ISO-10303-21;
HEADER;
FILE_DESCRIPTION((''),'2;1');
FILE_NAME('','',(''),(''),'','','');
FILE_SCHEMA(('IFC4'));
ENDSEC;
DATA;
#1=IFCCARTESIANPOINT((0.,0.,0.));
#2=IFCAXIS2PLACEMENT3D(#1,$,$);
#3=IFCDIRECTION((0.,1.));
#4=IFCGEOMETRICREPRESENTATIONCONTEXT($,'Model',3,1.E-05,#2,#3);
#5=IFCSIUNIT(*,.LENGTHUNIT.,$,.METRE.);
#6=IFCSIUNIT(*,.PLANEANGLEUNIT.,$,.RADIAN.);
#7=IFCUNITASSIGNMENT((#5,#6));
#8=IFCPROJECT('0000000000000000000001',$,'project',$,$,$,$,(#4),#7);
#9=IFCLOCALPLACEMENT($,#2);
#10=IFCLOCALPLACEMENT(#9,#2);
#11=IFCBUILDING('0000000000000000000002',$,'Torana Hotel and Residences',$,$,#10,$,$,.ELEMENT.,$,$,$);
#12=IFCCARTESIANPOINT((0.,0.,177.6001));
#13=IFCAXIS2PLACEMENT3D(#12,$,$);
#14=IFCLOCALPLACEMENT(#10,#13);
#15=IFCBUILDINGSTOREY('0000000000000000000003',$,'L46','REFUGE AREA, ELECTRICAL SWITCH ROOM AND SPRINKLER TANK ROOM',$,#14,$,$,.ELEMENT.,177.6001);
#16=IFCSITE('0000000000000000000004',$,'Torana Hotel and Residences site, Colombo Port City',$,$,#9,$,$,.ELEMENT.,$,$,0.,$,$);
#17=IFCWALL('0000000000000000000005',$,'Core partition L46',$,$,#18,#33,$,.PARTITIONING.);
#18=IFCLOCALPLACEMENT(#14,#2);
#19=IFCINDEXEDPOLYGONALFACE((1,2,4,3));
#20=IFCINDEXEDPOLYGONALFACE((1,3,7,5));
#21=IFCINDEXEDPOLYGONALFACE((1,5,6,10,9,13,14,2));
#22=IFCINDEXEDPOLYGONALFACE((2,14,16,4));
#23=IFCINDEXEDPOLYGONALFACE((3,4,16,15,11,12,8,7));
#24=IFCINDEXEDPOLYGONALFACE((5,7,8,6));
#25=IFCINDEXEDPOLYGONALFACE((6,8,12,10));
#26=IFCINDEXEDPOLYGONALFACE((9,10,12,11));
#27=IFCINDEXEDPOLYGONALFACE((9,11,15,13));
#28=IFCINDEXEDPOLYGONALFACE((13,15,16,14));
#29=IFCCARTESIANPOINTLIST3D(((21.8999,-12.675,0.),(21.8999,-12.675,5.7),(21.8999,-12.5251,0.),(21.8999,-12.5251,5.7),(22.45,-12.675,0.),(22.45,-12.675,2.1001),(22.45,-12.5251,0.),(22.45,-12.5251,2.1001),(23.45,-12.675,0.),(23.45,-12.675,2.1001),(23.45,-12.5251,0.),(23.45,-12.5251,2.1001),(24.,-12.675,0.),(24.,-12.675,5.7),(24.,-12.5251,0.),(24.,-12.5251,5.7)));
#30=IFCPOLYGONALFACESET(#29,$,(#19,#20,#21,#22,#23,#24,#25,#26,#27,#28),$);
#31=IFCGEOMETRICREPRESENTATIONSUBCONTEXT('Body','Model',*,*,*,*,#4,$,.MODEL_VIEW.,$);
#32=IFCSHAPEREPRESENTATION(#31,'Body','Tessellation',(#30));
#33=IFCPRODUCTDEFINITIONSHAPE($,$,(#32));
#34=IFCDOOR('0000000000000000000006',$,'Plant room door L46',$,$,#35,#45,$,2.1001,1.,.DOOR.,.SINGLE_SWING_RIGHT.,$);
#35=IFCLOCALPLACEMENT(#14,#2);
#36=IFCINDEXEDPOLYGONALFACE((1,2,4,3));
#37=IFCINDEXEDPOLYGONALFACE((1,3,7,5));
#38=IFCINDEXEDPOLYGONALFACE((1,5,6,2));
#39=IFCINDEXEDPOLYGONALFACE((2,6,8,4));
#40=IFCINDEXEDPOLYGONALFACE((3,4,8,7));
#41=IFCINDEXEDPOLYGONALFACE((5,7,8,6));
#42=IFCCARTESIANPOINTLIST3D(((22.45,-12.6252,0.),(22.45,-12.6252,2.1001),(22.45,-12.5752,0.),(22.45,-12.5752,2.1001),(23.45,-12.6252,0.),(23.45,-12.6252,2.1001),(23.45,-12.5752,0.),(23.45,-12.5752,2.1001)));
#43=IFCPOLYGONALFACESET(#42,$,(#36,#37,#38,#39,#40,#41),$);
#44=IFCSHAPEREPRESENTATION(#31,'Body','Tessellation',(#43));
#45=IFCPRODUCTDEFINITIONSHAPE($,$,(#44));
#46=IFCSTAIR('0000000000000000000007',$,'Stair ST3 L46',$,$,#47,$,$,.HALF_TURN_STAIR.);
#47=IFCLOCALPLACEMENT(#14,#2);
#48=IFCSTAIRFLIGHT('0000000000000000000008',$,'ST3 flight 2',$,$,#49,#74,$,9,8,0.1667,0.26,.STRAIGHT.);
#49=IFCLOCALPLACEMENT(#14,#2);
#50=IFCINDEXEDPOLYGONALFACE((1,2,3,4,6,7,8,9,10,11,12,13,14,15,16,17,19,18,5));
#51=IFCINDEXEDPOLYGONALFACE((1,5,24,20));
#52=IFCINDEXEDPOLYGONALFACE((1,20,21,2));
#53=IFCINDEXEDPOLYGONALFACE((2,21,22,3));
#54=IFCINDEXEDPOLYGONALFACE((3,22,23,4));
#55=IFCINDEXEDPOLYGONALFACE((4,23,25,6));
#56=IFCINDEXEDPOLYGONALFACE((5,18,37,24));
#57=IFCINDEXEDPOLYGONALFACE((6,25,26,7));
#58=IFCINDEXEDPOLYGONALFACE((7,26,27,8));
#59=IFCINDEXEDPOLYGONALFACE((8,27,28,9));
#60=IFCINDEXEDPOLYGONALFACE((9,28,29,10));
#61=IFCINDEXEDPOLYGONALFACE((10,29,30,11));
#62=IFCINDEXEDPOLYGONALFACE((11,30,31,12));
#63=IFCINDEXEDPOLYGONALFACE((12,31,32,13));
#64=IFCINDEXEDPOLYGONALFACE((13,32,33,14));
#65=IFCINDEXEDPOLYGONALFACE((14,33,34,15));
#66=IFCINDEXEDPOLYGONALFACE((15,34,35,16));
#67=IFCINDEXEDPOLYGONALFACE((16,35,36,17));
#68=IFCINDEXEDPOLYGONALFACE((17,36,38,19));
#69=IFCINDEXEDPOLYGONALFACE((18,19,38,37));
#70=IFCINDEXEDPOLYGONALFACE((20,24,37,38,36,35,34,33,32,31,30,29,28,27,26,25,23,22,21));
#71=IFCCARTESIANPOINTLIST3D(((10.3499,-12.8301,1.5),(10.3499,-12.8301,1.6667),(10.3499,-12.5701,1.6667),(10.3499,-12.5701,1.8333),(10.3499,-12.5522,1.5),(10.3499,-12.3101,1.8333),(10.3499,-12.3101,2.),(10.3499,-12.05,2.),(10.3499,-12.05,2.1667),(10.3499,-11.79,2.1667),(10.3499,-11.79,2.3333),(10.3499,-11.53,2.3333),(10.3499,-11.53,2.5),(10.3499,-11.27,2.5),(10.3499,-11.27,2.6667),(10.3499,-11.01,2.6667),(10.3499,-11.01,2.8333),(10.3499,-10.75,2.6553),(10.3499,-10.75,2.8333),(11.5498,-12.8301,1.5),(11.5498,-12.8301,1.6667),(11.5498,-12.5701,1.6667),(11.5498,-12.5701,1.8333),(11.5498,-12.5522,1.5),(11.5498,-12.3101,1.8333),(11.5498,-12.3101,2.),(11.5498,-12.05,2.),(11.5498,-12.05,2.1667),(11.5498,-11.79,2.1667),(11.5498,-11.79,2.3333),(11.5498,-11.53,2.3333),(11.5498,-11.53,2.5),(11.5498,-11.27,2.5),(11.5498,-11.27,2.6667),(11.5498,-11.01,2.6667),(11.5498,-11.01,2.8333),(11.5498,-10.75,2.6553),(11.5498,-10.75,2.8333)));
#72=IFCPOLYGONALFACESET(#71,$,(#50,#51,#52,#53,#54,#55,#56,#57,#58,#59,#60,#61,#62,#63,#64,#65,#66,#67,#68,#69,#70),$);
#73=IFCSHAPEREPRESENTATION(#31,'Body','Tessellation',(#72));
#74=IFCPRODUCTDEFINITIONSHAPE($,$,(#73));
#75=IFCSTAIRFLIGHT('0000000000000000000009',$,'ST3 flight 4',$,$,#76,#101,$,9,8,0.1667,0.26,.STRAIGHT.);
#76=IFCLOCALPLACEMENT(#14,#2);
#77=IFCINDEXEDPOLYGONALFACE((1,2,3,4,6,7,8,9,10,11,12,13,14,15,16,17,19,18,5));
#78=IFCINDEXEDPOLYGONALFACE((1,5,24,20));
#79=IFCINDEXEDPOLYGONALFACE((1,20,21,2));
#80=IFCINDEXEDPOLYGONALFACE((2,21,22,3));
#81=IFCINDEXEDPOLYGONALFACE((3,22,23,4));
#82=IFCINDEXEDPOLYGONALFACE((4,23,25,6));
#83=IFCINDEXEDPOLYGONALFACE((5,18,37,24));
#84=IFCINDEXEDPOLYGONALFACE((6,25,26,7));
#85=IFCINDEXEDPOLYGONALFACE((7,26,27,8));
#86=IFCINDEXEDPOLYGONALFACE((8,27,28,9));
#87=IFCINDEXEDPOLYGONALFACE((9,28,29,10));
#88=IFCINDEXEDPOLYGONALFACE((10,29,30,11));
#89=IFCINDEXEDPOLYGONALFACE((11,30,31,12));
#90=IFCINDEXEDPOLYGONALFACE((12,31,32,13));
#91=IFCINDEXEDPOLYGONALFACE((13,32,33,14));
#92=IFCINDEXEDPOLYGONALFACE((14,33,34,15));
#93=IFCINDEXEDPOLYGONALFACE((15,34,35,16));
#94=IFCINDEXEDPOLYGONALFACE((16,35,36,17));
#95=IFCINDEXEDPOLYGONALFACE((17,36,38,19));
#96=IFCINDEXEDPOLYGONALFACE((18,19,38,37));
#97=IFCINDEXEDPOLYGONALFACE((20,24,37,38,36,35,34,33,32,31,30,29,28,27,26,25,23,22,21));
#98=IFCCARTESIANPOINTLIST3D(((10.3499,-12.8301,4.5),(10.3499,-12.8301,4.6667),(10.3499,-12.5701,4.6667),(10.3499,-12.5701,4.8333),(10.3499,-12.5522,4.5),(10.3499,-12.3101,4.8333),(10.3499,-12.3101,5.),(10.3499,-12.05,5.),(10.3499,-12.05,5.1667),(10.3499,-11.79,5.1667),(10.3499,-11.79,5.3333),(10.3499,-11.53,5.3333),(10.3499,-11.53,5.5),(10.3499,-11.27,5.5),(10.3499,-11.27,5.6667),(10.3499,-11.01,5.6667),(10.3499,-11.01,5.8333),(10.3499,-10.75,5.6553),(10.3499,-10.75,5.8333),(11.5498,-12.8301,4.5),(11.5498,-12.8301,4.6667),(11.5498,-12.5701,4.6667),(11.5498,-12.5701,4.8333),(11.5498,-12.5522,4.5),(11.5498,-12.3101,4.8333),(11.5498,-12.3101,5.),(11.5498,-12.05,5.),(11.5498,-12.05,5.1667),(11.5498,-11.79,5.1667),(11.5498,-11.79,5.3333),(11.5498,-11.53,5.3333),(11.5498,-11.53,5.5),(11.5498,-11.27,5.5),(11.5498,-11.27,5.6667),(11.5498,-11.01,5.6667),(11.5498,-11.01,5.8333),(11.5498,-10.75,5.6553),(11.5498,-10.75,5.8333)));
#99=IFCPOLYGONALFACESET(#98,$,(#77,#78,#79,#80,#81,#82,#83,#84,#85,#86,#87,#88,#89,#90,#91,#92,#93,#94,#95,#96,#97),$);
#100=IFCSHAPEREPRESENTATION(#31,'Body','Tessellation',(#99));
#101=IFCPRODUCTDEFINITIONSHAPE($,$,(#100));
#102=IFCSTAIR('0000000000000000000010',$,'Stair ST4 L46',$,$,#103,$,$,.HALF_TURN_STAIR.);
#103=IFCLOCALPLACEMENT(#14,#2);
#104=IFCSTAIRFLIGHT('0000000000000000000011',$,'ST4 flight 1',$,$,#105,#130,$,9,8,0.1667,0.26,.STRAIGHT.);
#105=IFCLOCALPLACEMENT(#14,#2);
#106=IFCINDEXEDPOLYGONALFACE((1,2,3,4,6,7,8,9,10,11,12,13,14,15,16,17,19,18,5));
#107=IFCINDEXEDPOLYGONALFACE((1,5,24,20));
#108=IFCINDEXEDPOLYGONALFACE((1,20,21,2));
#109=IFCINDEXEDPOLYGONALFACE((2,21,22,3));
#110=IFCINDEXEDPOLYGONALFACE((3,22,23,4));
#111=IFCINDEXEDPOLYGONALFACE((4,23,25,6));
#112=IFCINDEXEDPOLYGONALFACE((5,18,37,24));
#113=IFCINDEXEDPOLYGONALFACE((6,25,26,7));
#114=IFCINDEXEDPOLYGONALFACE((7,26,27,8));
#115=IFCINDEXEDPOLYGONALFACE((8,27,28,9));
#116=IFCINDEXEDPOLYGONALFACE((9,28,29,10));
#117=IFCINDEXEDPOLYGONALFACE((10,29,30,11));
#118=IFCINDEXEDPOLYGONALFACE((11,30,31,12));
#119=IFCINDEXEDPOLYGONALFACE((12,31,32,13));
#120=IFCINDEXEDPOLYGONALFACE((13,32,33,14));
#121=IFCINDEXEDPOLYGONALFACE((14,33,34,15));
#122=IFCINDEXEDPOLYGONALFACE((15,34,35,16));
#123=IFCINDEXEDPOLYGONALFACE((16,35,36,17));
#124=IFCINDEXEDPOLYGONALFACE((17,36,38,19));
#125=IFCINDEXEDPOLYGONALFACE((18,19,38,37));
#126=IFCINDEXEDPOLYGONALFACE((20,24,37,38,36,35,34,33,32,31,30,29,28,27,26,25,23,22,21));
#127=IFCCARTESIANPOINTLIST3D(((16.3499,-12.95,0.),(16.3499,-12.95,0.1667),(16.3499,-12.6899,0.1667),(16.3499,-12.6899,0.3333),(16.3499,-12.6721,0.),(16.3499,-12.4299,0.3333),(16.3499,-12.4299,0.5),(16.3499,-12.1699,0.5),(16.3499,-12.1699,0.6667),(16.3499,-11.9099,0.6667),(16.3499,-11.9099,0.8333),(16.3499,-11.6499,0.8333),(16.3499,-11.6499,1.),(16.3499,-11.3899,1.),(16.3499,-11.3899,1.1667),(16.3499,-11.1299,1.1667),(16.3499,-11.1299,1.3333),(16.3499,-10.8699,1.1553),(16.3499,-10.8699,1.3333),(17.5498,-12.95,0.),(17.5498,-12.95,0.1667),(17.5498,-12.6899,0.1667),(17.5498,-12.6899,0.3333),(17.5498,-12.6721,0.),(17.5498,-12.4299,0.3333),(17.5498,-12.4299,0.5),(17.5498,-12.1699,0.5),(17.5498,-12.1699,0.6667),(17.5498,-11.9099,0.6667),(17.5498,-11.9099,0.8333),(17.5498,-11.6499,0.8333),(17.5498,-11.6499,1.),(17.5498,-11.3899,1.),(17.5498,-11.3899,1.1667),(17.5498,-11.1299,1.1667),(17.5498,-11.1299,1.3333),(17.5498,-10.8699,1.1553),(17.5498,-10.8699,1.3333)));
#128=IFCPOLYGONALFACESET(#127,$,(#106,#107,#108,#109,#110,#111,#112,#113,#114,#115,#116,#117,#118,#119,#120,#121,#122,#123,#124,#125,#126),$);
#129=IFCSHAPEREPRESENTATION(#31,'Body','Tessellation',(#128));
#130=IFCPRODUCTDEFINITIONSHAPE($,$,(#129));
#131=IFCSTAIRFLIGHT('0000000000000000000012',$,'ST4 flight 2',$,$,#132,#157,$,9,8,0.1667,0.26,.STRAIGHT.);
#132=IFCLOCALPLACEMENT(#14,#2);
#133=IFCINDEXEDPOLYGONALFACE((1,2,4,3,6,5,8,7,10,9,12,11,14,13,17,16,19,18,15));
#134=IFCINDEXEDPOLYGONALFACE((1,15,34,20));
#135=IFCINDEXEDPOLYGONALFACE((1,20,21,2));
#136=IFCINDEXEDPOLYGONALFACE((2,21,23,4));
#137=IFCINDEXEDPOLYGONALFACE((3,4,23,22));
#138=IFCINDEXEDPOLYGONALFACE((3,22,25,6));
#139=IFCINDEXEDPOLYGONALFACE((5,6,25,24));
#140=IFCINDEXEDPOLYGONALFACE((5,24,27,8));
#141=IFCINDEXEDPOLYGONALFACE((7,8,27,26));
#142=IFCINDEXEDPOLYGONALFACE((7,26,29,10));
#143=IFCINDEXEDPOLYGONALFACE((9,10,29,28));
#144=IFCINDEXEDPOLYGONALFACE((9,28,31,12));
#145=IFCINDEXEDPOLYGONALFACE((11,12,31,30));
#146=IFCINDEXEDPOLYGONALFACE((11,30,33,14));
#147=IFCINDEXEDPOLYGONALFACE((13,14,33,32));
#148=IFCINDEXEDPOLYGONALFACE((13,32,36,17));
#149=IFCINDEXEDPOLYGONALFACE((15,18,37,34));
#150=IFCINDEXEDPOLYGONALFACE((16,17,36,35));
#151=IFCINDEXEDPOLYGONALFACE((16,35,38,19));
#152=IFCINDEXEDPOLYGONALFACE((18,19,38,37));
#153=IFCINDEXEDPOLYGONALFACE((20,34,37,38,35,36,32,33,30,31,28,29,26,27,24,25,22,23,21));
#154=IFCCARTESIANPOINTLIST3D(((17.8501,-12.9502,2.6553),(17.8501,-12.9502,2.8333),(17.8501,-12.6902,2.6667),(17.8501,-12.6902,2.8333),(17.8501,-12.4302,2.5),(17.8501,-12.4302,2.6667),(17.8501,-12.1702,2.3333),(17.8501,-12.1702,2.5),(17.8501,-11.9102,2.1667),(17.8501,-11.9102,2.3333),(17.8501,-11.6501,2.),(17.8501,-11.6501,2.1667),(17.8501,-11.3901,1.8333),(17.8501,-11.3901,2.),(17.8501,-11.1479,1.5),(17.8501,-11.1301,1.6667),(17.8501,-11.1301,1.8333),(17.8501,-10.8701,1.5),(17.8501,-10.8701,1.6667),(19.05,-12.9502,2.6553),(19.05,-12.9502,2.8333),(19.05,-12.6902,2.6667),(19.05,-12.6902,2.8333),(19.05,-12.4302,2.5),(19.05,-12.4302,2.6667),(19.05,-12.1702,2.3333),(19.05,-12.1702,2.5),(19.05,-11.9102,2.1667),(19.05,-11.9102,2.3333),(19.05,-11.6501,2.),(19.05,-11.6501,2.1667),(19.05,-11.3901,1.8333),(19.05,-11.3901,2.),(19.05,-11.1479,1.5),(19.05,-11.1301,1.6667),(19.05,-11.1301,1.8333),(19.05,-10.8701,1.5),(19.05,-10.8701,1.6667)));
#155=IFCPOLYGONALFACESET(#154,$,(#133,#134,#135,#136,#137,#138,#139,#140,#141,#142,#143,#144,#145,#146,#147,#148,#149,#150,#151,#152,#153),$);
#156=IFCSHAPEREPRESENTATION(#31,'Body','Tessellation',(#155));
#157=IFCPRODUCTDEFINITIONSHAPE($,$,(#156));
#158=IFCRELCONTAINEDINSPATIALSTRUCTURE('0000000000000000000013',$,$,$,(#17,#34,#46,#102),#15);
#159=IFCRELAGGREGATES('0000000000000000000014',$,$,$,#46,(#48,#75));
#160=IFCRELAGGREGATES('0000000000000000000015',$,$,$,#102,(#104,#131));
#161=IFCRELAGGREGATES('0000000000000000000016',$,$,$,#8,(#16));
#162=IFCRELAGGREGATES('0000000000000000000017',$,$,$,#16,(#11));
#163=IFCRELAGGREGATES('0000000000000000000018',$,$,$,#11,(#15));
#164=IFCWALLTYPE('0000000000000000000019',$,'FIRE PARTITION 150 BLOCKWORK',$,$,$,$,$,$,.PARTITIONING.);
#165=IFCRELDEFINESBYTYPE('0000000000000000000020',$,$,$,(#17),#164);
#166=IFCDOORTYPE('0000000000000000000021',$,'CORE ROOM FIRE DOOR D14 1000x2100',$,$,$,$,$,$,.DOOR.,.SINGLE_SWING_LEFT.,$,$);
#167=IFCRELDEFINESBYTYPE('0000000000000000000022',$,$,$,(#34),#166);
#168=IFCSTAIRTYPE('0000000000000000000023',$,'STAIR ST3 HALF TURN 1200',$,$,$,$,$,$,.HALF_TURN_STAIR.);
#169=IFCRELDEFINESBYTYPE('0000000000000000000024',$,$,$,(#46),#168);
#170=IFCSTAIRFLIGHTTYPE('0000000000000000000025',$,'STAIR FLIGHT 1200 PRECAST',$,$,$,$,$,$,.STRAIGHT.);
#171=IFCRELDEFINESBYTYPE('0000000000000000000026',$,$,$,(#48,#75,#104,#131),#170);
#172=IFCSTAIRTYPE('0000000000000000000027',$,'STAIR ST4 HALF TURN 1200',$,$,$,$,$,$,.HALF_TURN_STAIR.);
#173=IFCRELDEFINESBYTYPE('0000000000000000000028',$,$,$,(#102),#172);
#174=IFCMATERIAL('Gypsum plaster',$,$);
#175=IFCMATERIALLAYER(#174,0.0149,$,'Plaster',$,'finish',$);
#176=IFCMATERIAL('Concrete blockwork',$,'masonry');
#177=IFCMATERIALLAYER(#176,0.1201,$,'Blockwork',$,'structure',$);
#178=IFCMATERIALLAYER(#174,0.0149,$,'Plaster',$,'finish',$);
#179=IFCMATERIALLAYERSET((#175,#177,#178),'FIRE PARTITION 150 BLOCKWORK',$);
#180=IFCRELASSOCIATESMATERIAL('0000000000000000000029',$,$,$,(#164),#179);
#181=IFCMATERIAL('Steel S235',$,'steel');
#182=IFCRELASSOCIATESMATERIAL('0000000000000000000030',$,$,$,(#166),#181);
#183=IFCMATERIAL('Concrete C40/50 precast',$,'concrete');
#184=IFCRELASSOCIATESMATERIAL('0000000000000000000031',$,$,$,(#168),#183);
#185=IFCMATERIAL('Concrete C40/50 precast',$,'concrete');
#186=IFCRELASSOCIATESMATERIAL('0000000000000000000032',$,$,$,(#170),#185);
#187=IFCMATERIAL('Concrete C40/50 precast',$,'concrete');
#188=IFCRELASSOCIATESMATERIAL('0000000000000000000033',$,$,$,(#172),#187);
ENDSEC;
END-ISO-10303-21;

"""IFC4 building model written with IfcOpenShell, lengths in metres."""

from ifc_helpers import new_model, si_unit, direction, frame, frame_2d, origin, place, context, subcontext, project, spatial, polyline, rectangle, outline, extrude, material, layer, layer_set, type_object, element, fill, aggregate, save


model = new_model("IFC4")

# Units and contexts
model_context = context("Model", 3, precision=1e-05, world=origin(), true_north=direction((0.0, 1.0)))
body_context = subcontext(model_context, "Body", "Model", "MODEL_VIEW")
ifc_project = project(units=[si_unit("LENGTHUNIT", "METRE"), si_unit("PLANEANGLEUNIT", "RADIAN")], contexts=[model_context])

# Site, building, storey
site_placement = place(None, origin())
site = spatial("IfcSite", under=ifc_project, at=site_placement, Name="Torana Hotel and Residences site, Colombo Port City", CompositionType="ELEMENT", RefElevation=0.0)
building_placement = place(site_placement, origin())
building = spatial("IfcBuilding", under=site, at=building_placement, Name="Torana Hotel and Residences", CompositionType="ELEMENT")
storey_placement = place(building_placement, frame((0.0, 0.0, 177.6001)))
storey = spatial("IfcBuildingStorey", under=building, at=storey_placement, Name="L46", Description="REFUGE AREA, ELECTRICAL SWITCH ROOM AND SPRINKLER TANK ROOM", CompositionType="ELEMENT", Elevation=177.6001)

# Wall, opening, door
ifc_material_1 = material(Name="Gypsum plaster")
ifc_layer_1 = layer(ifc_material_1, 0.0149, Name="Plaster", Category="finish")
ifc_material_2 = material(Name="Concrete blockwork", Category="masonry")
ifc_layer_2 = layer(ifc_material_2, 0.1201, Name="Blockwork", Category="structure")
ifc_layer_3 = layer(ifc_material_1, 0.0149, Name="Plaster", Category="finish")
ifc_layer_set_1 = layer_set([ifc_layer_1, ifc_layer_2, ifc_layer_3], Name="FIRE PARTITION 150 BLOCKWORK")
wall_type_1 = type_object("IfcWallType", Name="FIRE PARTITION 150 BLOCKWORK", PredefinedType="PARTITIONING", material=ifc_layer_set_1)
wall_1_placement = place(storey_placement, frame((21.8999, -12.6001, 0.0), z_axis=(0.0, 0.0, 1.0), x_axis=(1.0, 0.0, 0.0)))
wall_1 = element("IfcWall", 1, at=wall_1_placement, inside=storey, type_object=wall_type_1, Name="Core partition L46", PredefinedType="PARTITIONING", context=body_context, shape_type="SweptSolid", body=[
    extrude(rectangle(XDim=2.1001, YDim=0.1499, at=frame_2d((1.05, 0.0))), origin(), (0.0, 0.0, 1.0), 5.7),
])
opening_1_placement = place(wall_1_placement, frame((0.55, 0.0, 0.0)))
opening_1 = element("IfcOpeningElement", 2, at=opening_1_placement, cuts=wall_1, PredefinedType="OPENING", context=body_context, shape_type="SweptSolid", body=[
    extrude(rectangle(XDim=1.0, YDim=2.1001, at=frame_2d((0.5, 1.05))), frame((0.0, 0.085, 0.0), z_axis=(0.0, -1.0, 0.0), x_axis=(1.0, 0.0, 0.0)), (0.0, 0.0, 1.0), 0.1699),
])
ifc_material_3 = material(Name="Steel S235", Category="steel")
door_type_1 = type_object("IfcDoorType", Name="CORE ROOM FIRE DOOR D14 1000x2100", OperationType="SINGLE_SWING_LEFT", PredefinedType="DOOR", material=ifc_material_3)
door_1_placement = place(opening_1_placement, origin())
door_1 = element("IfcDoor", 3, at=door_1_placement, inside=storey, type_object=door_type_1, Name="Plant room door L46", OperationType="SINGLE_SWING_RIGHT", OverallHeight=2.1001, OverallWidth=1.0, PredefinedType="DOOR", context=body_context, shape_type="SweptSolid", body=[
    extrude(rectangle(XDim=1.0, YDim=2.1001, at=frame_2d((0.5, 1.05))), frame((0.0, 0.0249, 0.0), z_axis=(0.0, -1.0, 0.0), x_axis=(1.0, 0.0, 0.0)), (0.0, 0.0, 1.0), 0.05),
])
fill(opening_1, door_1)

# Stairs, stair flights
ifc_material_4 = material(Name="Concrete C40/50 precast", Category="concrete")
stair_type_1 = type_object("IfcStairType", Name="STAIR ST3 HALF TURN 1200", PredefinedType="HALF_TURN_STAIR", material=ifc_material_4)
stair_1_placement = place(storey_placement, origin())
stair_1 = element("IfcStair", 4, at=stair_1_placement, inside=storey, type_object=stair_type_1, Name="Stair ST3 L46", PredefinedType="HALF_TURN_STAIR")
ifc_material_5 = material(Name="Concrete C40/50 precast", Category="concrete")
stair_flight_type = type_object("IfcStairFlightType", Name="STAIR FLIGHT 1200 PRECAST", PredefinedType="STRAIGHT", material=ifc_material_5)
stair_flight_1_placement = place(storey_placement, frame((10.95, -12.8301, 1.5), z_axis=(0.0, 0.0, 1.0), x_axis=(0.0, 1.0, 0.0)))
stair_flight_1 = element("IfcStairFlight", 5, at=stair_flight_1_placement, type_object=stair_flight_type, Name="ST3 flight 2", NumberOfRisers=9, NumberOfTreads=8, PredefinedType="STRAIGHT", RiserHeight=0.1667, TreadLength=0.26, context=body_context, shape_type="SweptSolid", body=[
    extrude(outline(polyline([(0.0, 0.0), (0.0, 0.1667), (0.26, 0.1667), (0.26, 0.3333), (0.52, 0.3333), (0.52, 0.5), (0.78, 0.5), (0.78, 0.6667), (1.04, 0.6667), (1.04, 0.8333), (1.3, 0.8333), (1.3, 1.0), (1.5601, 1.0), (1.5601, 1.1667), (1.8201, 1.1667), (1.8201, 1.3333), (2.0801, 1.3333), (2.0801, 1.5), (2.0801, 1.1553), (0.2778, 0.0), (0.0, 0.0)])), frame((0.0, 0.6001, 0.0), z_axis=(0.0, -1.0, 0.0), x_axis=(1.0, 0.0, 0.0)), (0.0, 0.0, 1.0), 1.2),
])
stair_flight_2_placement = place(storey_placement, frame((10.95, -12.8301, 4.5), z_axis=(0.0, 0.0, 1.0), x_axis=(0.0, 1.0, 0.0)))
stair_flight_2 = element("IfcStairFlight", 6, at=stair_flight_2_placement, type_object=stair_flight_type, Name="ST3 flight 4", NumberOfRisers=9, NumberOfTreads=8, PredefinedType="STRAIGHT", RiserHeight=0.1667, TreadLength=0.26, context=body_context, shape_type="SweptSolid", body=[
    extrude(outline(polyline([(0.0, 0.0), (0.0, 0.1667), (0.26, 0.1667), (0.26, 0.3333), (0.52, 0.3333), (0.52, 0.5), (0.78, 0.5), (0.78, 0.6667), (1.04, 0.6667), (1.04, 0.8333), (1.3, 0.8333), (1.3, 1.0), (1.5601, 1.0), (1.5601, 1.1667), (1.8201, 1.1667), (1.8201, 1.3333), (2.0801, 1.3333), (2.0801, 1.5), (2.0801, 1.1553), (0.2778, 0.0), (0.0, 0.0)])), frame((0.0, 0.6001, 0.0), z_axis=(0.0, -1.0, 0.0), x_axis=(1.0, 0.0, 0.0)), (0.0, 0.0, 1.0), 1.2),
])
aggregate(stair_1, [stair_flight_1, stair_flight_2])
ifc_material_6 = material(Name="Concrete C40/50 precast", Category="concrete")
stair_type_2 = type_object("IfcStairType", Name="STAIR ST4 HALF TURN 1200", PredefinedType="HALF_TURN_STAIR", material=ifc_material_6)
stair_2_placement = place(storey_placement, origin())
stair_2 = element("IfcStair", 7, at=stair_2_placement, inside=storey, type_object=stair_type_2, Name="Stair ST4 L46", PredefinedType="HALF_TURN_STAIR")
stair_flight_3_placement = place(storey_placement, frame((16.95, -12.95, 0.0), z_axis=(0.0, 0.0, 1.0), x_axis=(0.0, 1.0, 0.0)))
stair_flight_3 = element("IfcStairFlight", 8, at=stair_flight_3_placement, type_object=stair_flight_type, Name="ST4 flight 1", NumberOfRisers=9, NumberOfTreads=8, PredefinedType="STRAIGHT", RiserHeight=0.1667, TreadLength=0.26, context=body_context, shape_type="SweptSolid", body=[
    extrude(outline(polyline([(0.0, 0.0), (0.0, 0.1667), (0.26, 0.1667), (0.26, 0.3333), (0.52, 0.3333), (0.52, 0.5), (0.78, 0.5), (0.78, 0.6667), (1.04, 0.6667), (1.04, 0.8333), (1.3, 0.8333), (1.3, 1.0), (1.5601, 1.0), (1.5601, 1.1667), (1.8201, 1.1667), (1.8201, 1.3333), (2.0801, 1.3333), (2.0801, 1.5), (2.0801, 1.1553), (0.2778, 0.0), (0.0, 0.0)])), frame((0.0, 0.6001, 0.0), z_axis=(0.0, -1.0, 0.0), x_axis=(1.0, 0.0, 0.0)), (0.0, 0.0, 1.0), 1.2),
])
stair_flight_4_placement = place(storey_placement, frame((18.45, -10.8701, 1.5), z_axis=(0.0, 0.0, 1.0), x_axis=(0.0, -1.0, 0.0)))
stair_flight_4 = element("IfcStairFlight", 9, at=stair_flight_4_placement, type_object=stair_flight_type, Name="ST4 flight 2", NumberOfRisers=9, NumberOfTreads=8, PredefinedType="STRAIGHT", RiserHeight=0.1667, TreadLength=0.26, context=body_context, shape_type="SweptSolid", body=[
    extrude(outline(polyline([(0.0, 0.0), (0.0, 0.1667), (0.26, 0.1667), (0.26, 0.3333), (0.52, 0.3333), (0.52, 0.5), (0.78, 0.5), (0.78, 0.6667), (1.04, 0.6667), (1.04, 0.8333), (1.3, 0.8333), (1.3, 1.0), (1.5601, 1.0), (1.5601, 1.1667), (1.8201, 1.1667), (1.8201, 1.3333), (2.0801, 1.3333), (2.0801, 1.5), (2.0801, 1.1553), (0.2778, 0.0), (0.0, 0.0)])), frame((0.0, 0.6001, 0.0), z_axis=(0.0, -1.0, 0.0), x_axis=(1.0, 0.0, 0.0)), (0.0, 0.0, 1.0), 1.2),
])
aggregate(stair_2, [stair_flight_3, stair_flight_4])

save(model, "model.ifc")
